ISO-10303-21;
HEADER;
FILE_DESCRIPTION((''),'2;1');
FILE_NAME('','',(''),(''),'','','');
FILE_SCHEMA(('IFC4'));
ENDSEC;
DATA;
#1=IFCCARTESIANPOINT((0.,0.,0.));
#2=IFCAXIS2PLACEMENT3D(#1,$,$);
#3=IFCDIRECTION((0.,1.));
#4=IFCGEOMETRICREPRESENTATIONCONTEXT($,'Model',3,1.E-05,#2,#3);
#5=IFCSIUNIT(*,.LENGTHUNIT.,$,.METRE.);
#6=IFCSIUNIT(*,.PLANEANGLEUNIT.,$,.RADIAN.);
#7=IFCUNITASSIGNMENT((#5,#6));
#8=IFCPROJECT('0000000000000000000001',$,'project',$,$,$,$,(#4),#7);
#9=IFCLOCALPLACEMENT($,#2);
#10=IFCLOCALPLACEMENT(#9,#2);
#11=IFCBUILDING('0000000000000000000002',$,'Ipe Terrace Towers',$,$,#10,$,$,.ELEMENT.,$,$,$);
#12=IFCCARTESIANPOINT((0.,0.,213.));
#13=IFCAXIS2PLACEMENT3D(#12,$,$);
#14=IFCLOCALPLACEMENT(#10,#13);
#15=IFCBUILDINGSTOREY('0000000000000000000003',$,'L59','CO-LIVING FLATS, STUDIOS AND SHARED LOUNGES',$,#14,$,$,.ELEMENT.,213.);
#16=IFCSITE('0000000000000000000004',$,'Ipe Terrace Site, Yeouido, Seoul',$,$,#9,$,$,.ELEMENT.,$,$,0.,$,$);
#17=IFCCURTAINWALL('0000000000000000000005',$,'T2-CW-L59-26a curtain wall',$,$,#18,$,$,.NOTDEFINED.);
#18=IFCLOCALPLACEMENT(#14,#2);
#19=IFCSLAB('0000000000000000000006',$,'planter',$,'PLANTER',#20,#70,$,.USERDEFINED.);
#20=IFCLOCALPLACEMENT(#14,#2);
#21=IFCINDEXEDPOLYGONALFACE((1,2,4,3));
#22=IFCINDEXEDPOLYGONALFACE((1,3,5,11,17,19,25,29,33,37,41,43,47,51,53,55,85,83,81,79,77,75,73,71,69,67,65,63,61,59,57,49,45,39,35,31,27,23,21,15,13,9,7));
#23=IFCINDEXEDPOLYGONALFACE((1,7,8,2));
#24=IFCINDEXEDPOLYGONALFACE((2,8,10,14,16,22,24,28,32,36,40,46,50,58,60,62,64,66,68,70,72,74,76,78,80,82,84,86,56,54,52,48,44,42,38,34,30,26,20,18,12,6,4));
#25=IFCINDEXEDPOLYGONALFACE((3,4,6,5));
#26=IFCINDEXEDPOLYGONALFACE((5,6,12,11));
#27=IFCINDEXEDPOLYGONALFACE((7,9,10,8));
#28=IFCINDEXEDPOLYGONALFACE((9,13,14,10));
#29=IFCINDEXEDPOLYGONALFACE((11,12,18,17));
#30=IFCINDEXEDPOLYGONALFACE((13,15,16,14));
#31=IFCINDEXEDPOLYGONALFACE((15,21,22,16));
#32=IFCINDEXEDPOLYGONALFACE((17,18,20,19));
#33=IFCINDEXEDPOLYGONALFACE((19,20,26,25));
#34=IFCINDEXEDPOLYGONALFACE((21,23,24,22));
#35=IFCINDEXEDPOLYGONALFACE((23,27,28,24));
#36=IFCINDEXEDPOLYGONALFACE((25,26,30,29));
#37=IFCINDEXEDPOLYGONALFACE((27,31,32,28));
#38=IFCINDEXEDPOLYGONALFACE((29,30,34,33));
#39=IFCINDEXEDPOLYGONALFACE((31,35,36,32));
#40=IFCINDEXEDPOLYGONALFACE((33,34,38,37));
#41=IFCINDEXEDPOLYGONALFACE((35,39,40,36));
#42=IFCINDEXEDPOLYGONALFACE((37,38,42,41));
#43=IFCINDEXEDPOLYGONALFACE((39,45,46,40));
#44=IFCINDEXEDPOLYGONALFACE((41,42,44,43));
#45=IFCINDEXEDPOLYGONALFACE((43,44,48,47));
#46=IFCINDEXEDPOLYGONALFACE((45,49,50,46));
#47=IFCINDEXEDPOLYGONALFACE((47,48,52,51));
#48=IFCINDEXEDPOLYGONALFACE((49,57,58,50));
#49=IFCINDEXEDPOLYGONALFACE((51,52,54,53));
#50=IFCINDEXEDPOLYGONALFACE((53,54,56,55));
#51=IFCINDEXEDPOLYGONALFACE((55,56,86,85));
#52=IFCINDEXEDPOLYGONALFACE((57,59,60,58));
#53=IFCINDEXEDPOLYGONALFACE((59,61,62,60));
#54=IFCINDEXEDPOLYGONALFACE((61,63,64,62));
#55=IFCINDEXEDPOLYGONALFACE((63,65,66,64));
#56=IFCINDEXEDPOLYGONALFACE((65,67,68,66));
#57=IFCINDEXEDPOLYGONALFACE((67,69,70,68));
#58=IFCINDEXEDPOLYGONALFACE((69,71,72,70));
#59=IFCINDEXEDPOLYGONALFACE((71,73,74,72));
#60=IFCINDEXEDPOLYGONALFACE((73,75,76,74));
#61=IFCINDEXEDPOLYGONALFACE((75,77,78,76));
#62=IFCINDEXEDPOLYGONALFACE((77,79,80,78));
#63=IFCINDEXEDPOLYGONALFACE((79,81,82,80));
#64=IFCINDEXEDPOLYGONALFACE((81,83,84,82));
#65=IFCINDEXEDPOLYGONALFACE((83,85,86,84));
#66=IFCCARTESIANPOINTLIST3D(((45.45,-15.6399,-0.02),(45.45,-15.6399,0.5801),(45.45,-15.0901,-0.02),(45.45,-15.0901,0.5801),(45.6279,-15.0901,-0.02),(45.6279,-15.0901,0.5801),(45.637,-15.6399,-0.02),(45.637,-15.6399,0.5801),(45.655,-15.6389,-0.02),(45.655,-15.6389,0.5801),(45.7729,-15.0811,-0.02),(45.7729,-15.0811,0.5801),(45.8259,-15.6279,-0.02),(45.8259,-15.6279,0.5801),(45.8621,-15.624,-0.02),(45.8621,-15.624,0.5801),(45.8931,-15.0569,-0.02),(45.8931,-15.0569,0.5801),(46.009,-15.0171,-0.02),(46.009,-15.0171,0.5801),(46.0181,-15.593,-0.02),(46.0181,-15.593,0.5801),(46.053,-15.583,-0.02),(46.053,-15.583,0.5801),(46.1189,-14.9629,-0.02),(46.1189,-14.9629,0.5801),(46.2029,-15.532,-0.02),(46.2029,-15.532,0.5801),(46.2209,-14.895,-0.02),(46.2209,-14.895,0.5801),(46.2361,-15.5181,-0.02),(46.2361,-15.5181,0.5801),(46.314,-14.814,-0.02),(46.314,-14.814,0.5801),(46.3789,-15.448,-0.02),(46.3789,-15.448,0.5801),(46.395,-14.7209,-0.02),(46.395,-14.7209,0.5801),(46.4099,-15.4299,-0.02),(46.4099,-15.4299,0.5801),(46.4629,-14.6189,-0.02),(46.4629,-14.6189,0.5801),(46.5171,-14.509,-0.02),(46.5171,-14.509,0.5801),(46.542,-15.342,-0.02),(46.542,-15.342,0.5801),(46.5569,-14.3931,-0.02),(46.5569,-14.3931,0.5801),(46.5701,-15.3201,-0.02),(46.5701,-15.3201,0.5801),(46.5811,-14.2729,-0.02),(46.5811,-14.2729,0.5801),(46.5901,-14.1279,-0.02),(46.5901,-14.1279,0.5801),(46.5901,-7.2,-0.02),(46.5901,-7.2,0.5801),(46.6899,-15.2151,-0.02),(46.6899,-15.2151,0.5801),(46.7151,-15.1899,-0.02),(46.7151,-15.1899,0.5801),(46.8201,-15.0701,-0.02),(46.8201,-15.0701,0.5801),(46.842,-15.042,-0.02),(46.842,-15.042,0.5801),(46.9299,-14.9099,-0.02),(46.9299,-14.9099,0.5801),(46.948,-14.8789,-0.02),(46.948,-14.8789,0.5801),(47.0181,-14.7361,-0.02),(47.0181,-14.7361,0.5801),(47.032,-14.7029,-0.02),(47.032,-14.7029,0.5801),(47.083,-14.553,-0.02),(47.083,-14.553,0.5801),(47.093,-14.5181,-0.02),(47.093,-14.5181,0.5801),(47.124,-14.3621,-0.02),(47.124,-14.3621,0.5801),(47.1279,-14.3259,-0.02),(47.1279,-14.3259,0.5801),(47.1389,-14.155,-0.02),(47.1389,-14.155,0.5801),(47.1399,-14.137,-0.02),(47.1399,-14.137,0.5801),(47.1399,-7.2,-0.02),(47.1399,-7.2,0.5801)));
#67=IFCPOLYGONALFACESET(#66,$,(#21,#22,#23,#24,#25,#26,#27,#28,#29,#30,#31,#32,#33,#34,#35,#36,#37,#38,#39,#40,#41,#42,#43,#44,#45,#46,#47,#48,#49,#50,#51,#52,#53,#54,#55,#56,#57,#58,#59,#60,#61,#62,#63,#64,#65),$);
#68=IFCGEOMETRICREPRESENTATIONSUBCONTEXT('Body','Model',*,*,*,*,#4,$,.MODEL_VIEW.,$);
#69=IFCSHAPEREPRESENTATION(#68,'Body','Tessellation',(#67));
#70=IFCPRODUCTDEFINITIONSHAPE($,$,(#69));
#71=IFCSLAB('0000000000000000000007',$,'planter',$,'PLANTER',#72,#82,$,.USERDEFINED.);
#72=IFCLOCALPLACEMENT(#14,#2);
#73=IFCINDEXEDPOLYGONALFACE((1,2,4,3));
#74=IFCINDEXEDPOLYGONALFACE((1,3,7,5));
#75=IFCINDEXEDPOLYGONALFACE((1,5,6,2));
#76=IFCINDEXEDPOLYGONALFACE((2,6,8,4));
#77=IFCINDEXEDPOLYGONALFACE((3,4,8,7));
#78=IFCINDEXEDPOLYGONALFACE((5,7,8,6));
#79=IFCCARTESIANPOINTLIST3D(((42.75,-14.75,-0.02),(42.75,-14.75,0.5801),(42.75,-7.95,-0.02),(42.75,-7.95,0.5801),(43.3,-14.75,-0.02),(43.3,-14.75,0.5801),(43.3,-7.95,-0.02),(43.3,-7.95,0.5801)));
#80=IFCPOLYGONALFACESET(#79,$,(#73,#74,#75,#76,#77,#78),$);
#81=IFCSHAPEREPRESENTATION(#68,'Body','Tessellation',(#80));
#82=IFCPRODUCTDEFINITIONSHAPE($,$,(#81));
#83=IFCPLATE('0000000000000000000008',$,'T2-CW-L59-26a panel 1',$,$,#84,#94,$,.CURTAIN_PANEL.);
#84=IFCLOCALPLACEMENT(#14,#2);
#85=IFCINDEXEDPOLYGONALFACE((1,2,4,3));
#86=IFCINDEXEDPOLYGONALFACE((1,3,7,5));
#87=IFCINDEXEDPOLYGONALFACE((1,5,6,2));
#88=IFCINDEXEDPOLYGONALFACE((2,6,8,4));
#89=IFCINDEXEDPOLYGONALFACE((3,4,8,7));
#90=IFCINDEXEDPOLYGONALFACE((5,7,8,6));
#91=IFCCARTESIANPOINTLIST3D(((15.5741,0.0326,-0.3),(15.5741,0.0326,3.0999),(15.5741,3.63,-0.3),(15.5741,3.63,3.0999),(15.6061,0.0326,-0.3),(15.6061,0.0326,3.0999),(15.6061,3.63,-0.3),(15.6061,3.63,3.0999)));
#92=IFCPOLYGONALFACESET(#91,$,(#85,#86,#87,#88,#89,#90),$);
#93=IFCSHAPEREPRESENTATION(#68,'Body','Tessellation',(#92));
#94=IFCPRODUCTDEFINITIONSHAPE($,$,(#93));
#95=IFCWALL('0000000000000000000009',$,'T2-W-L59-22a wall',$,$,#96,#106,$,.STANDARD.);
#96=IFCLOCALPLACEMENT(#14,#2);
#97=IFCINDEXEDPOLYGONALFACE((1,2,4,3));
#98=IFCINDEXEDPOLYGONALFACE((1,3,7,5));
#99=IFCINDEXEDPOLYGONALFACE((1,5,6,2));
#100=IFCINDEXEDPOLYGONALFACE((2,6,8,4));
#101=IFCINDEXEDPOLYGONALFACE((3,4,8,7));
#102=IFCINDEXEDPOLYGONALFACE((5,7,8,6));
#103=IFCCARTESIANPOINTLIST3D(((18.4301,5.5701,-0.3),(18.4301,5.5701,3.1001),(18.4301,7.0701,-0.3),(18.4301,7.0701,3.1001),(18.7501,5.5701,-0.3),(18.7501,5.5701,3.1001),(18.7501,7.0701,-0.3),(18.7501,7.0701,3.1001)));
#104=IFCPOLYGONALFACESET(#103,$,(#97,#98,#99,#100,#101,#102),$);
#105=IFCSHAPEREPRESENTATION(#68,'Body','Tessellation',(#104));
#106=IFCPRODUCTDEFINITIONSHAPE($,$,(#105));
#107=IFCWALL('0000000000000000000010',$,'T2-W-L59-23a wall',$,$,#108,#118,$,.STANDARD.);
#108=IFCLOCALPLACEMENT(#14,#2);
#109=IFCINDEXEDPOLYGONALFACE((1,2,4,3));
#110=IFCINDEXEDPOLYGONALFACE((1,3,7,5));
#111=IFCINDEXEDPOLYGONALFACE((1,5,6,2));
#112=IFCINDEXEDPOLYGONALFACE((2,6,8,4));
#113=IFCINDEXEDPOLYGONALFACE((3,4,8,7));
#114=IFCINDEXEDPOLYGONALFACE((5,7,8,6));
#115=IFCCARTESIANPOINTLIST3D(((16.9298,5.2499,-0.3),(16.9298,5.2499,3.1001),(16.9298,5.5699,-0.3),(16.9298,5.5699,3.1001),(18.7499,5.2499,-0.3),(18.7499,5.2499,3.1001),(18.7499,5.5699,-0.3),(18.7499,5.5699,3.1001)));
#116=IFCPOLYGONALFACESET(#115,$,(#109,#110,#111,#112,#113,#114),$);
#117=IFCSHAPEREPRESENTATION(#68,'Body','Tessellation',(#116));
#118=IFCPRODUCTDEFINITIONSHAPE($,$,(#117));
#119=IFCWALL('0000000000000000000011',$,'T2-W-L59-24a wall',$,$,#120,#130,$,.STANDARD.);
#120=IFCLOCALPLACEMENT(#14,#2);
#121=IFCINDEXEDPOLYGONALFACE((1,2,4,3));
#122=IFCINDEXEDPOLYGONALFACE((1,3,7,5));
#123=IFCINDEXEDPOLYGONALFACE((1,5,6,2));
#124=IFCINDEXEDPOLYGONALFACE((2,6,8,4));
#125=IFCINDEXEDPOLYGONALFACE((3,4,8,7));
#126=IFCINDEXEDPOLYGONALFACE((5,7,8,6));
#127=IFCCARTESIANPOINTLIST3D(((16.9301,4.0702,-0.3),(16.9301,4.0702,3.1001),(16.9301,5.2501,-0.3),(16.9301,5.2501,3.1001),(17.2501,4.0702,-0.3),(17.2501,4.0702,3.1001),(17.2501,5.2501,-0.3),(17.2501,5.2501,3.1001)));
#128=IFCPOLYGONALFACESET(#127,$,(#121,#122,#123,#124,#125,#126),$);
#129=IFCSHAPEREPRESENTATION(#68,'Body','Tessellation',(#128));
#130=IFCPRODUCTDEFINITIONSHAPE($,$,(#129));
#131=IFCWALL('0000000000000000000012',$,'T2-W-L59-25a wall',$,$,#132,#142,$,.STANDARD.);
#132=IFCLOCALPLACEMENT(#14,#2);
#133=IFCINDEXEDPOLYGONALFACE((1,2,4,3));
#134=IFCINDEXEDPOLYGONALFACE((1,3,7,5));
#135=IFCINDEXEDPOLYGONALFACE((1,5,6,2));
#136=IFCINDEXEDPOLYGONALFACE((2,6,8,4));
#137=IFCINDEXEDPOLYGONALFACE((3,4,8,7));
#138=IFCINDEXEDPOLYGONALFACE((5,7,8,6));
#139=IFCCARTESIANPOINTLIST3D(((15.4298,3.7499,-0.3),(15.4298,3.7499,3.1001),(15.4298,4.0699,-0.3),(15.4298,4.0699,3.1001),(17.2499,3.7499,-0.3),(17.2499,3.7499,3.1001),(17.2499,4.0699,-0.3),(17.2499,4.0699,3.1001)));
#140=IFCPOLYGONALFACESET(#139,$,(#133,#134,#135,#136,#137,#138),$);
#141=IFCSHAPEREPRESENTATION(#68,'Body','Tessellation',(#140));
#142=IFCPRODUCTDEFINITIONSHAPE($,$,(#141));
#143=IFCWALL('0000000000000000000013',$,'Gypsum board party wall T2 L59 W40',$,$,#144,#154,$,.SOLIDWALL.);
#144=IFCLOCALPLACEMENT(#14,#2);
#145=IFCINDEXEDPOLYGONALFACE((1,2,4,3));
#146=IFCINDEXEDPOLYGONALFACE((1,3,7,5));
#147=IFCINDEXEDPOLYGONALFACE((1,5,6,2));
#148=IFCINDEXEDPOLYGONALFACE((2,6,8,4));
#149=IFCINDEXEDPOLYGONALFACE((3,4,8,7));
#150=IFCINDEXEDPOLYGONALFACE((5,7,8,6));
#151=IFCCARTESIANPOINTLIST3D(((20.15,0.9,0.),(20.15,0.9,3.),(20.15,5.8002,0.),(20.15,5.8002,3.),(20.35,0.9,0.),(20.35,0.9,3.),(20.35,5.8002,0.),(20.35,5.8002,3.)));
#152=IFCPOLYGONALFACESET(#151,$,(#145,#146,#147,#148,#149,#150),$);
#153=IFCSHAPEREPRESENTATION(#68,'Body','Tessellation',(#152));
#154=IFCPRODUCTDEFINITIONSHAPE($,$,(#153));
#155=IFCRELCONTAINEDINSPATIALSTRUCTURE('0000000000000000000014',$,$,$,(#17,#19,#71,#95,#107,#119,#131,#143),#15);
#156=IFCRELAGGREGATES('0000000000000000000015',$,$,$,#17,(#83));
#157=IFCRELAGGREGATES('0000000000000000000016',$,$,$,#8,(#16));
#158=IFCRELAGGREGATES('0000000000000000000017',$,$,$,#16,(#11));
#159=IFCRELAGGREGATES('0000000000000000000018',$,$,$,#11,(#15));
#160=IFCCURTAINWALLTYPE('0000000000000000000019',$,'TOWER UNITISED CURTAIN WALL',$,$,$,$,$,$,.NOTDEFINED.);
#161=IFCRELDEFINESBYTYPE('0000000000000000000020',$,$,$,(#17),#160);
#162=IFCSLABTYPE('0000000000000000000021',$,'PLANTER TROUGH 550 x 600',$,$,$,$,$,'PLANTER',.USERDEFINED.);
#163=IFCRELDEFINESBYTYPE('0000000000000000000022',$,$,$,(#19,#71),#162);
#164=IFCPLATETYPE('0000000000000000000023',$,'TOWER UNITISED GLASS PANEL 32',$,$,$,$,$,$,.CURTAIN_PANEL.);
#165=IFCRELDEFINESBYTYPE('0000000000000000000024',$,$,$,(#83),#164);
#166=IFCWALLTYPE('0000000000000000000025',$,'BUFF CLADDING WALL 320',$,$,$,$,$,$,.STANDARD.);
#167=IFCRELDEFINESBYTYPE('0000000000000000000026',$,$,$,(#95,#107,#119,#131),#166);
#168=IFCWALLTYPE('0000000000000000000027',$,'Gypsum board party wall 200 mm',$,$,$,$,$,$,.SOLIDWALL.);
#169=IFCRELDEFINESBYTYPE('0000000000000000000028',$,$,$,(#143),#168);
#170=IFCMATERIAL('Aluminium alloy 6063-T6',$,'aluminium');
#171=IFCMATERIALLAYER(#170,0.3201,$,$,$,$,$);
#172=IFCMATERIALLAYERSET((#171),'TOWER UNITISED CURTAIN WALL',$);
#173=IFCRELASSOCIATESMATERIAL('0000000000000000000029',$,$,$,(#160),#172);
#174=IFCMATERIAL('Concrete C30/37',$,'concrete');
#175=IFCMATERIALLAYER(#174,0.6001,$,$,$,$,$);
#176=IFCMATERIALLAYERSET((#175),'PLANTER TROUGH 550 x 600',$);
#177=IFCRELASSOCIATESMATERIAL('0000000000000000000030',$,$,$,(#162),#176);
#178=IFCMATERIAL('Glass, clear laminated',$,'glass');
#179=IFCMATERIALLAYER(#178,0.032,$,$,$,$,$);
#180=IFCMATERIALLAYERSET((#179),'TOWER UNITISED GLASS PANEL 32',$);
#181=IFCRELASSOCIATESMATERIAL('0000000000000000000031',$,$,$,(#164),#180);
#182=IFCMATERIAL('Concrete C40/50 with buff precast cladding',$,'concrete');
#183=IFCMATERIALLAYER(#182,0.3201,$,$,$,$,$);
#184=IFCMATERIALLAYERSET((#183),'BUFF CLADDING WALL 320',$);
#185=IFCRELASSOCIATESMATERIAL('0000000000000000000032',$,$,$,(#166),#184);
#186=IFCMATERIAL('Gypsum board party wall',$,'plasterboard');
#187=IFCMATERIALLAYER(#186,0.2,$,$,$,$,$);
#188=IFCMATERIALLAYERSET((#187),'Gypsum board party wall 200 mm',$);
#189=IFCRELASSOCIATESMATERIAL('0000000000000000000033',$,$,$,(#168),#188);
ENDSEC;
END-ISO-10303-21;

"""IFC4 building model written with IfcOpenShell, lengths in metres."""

from ifc_helpers import new_model, si_unit, direction, frame, frame_2d, origin, origin_2d, place, context, subcontext, project, spatial, polyline, rectangle, outline, extrude, material, layer, layer_set, type_object, element, aggregate, save


model = new_model("IFC4")

# Units and contexts
model_context = context("Model", 3, precision=1e-05, world=origin(), true_north=direction((0.0, 1.0)))
body_context = subcontext(model_context, "Body", "Model", "MODEL_VIEW")
ifc_project = project(units=[si_unit("LENGTHUNIT", "METRE"), si_unit("PLANEANGLEUNIT", "RADIAN")], contexts=[model_context])

# Site, building, storey
site_placement = place(None, origin())
site = spatial("IfcSite", under=ifc_project, at=site_placement, Name="Ipe Terrace Site, Yeouido, Seoul", CompositionType="ELEMENT", RefElevation=0.0)
building_placement = place(site_placement, origin())
building = spatial("IfcBuilding", under=site, at=building_placement, Name="Ipe Terrace Towers", CompositionType="ELEMENT")
storey_placement = place(building_placement, frame((0.0, 0.0, 213.0)))
storey = spatial("IfcBuildingStorey", under=building, at=storey_placement, Name="L59", Description="CO-LIVING FLATS, STUDIOS AND SHARED LOUNGES", CompositionType="ELEMENT", Elevation=213.0)

# Shared definitions
ifc_material_1 = material(Name="Aluminium alloy 6063-T6", Category="aluminium")
ifc_layer_1 = layer(ifc_material_1, 0.3201)
ifc_layer_set_1 = layer_set([ifc_layer_1], Name="TOWER UNITISED CURTAIN WALL")
curtain_wall_type = type_object("IfcCurtainWallType", Name="TOWER UNITISED CURTAIN WALL", PredefinedType="NOTDEFINED", material=ifc_layer_set_1)

# Curtain wall
curtain_wall_1_placement = place(storey_placement, origin())
curtain_wall_1 = element("IfcCurtainWall", 1, at=curtain_wall_1_placement, inside=storey, type_object=curtain_wall_type, Name="T2-CW-L59-26a curtain wall", PredefinedType="NOTDEFINED")

# Slabs
ifc_material_2 = material(Name="Concrete C30/37", Category="concrete")
ifc_layer_2 = layer(ifc_material_2, 0.6001)
ifc_layer_set_2 = layer_set([ifc_layer_2], Name="PLANTER TROUGH 550 x 600")
slab_type_1 = type_object("IfcSlabType", Name="PLANTER TROUGH 550 x 600", ElementType="PLANTER", PredefinedType="USERDEFINED", material=ifc_layer_set_2)
slab_1_placement = place(storey_placement, frame((0.0, 0.0, -0.02)))
element("IfcSlab", 2, at=slab_1_placement, inside=storey, type_object=slab_type_1, Name="planter", ObjectType="PLANTER", PredefinedType="USERDEFINED", context=body_context, shape_type="SweptSolid", body=[
    extrude(outline(polyline([(45.8931, -15.0569), (45.7729, -15.0811), (45.6279, -15.0901), (45.45, -15.0901), (45.45, -15.6399), (45.637, -15.6399), (45.655, -15.6389), (45.8259, -15.6279), (45.8621, -15.624), (46.0181, -15.593), (46.053, -15.583), (46.2029, -15.532), (46.2361, -15.5181), (46.3789, -15.448), (46.4099, -15.4299), (46.542, -15.342), (46.5701, -15.3201), (46.6899, -15.2151), (46.7151, -15.1899), (46.8201, -15.0701), (46.842, -15.042), (46.9299, -14.9099), (46.948, -14.8789), (47.0181, -14.7361), (47.032, -14.7029), (47.083, -14.553), (47.093, -14.5181), (47.124, -14.3621), (47.1279, -14.3259), (47.1389, -14.155), (47.1399, -14.137), (47.1399, -7.2), (46.5901, -7.2), (46.5901, -14.1279), (46.5811, -14.2729), (46.5569, -14.3931), (46.5171, -14.509), (46.4629, -14.6189), (46.395, -14.7209), (46.314, -14.814), (46.2209, -14.895), (46.1189, -14.9629), (46.009, -15.0171), (45.8931, -15.0569)])), origin(), (0.0, 0.0, 1.0), 0.6001),
])
slab_2_placement = place(storey_placement, frame((0.0, 0.0, -0.02)))
element("IfcSlab", 3, at=slab_2_placement, inside=storey, type_object=slab_type_1, Name="planter", ObjectType="PLANTER", PredefinedType="USERDEFINED", context=body_context, shape_type="SweptSolid", body=[
    extrude(outline(polyline([(42.75, -7.95), (42.75, -14.75), (43.3, -14.75), (43.3, -7.95), (42.75, -7.95)])), origin(), (0.0, 0.0, 1.0), 0.6001),
])

# Plate
ifc_material_3 = material(Name="Glass, clear laminated", Category="glass")
ifc_layer_3 = layer(ifc_material_3, 0.032)
ifc_layer_set_3 = layer_set([ifc_layer_3], Name="TOWER UNITISED GLASS PANEL 32")
plate_type = type_object("IfcPlateType", Name="TOWER UNITISED GLASS PANEL 32", PredefinedType="CURTAIN_PANEL", material=ifc_layer_set_3)
plate_placement = place(storey_placement, frame((15.5901, 1.8313, -0.3), z_axis=(0.0, 0.0, 1.0), x_axis=(0.0, -1.0, 0.0)))
plate = element("IfcPlate", 4, at=plate_placement, type_object=plate_type, Name="T2-CW-L59-26a panel 1", PredefinedType="CURTAIN_PANEL", context=body_context, shape_type="SweptSolid", body=[
    extrude(rectangle(XDim=3.5974, YDim=0.032, at=origin_2d()), origin(), (0.0, 0.0, 1.0), 3.3999),
])
aggregate(curtain_wall_1, [plate])

# Walls
ifc_material_4 = material(Name="Concrete C40/50 with buff precast cladding", Category="concrete")
ifc_layer_4 = layer(ifc_material_4, 0.3201)
ifc_layer_set_4 = layer_set([ifc_layer_4], Name="BUFF CLADDING WALL 320")
wall_type_1 = type_object("IfcWallType", Name="BUFF CLADDING WALL 320", PredefinedType="STANDARD", material=ifc_layer_set_4)
wall_1_placement = place(storey_placement, frame((18.5901, 7.0701, -0.3), z_axis=(0.0, 0.0, 1.0), x_axis=(0.0, -1.0, 0.0)))
element("IfcWall", 5, at=wall_1_placement, inside=storey, type_object=wall_type_1, Name="T2-W-L59-22a wall", PredefinedType="STANDARD", context=body_context, shape_type="SweptSolid", body=[
    extrude(rectangle(XDim=1.5, YDim=0.3201, at=frame_2d((0.75, 0.0))), origin(), (0.0, 0.0, 1.0), 3.4001),
])
wall_2_placement = place(storey_placement, frame((18.75, 5.4099, -0.3), z_axis=(0.0, 0.0, 1.0), x_axis=(-1.0, 0.0, 0.0)))
element("IfcWall", 6, at=wall_2_placement, inside=storey, type_object=wall_type_1, Name="T2-W-L59-23a wall", PredefinedType="STANDARD", context=body_context, shape_type="SweptSolid", body=[
    extrude(rectangle(XDim=1.8201, YDim=0.3201, at=frame_2d((0.9102, 0.0))), origin(), (0.0, 0.0, 1.0), 3.4001),
])
wall_3_placement = place(storey_placement, frame((17.0901, 5.25, -0.3), z_axis=(0.0, 0.0, 1.0), x_axis=(0.0, -1.0, 0.0)))
element("IfcWall", 7, at=wall_3_placement, inside=storey, type_object=wall_type_1, Name="T2-W-L59-24a wall", PredefinedType="STANDARD", context=body_context, shape_type="SweptSolid", body=[
    extrude(rectangle(XDim=1.1799, YDim=0.3201, at=frame_2d((0.5898, 0.0))), origin(), (0.0, 0.0, 1.0), 3.4001),
])
wall_4_placement = place(storey_placement, frame((17.25, 3.9099, -0.3), z_axis=(0.0, 0.0, 1.0), x_axis=(-1.0, 0.0, 0.0)))
element("IfcWall", 8, at=wall_4_placement, inside=storey, type_object=wall_type_1, Name="T2-W-L59-25a wall", PredefinedType="STANDARD", context=body_context, shape_type="SweptSolid", body=[
    extrude(rectangle(XDim=1.8201, YDim=0.3201, at=frame_2d((0.9102, 0.0))), origin(), (0.0, 0.0, 1.0), 3.4001),
])
ifc_material_5 = material(Name="Gypsum board party wall", Category="plasterboard")
ifc_layer_5 = layer(ifc_material_5, 0.2)
ifc_layer_set_5 = layer_set([ifc_layer_5], Name="Gypsum board party wall 200 mm")
wall_type_2 = type_object("IfcWallType", Name="Gypsum board party wall 200 mm", PredefinedType="SOLIDWALL", material=ifc_layer_set_5)
wall_5_placement = place(storey_placement, frame((20.25, 0.8999, 0.0), z_axis=(0.0, 0.0, 1.0), x_axis=(0.0, 1.0, 0.0)))
element("IfcWall", 9, at=wall_5_placement, inside=storey, type_object=wall_type_2, Name="Gypsum board party wall T2 L59 W40", PredefinedType="SOLIDWALL", context=body_context, shape_type="SweptSolid", body=[
    extrude(rectangle(XDim=4.9001, YDim=0.2, at=frame_2d((2.4502, 0.0))), origin(), (0.0, 0.0, 1.0), 3.0),
])

save(model, "model.ifc")
